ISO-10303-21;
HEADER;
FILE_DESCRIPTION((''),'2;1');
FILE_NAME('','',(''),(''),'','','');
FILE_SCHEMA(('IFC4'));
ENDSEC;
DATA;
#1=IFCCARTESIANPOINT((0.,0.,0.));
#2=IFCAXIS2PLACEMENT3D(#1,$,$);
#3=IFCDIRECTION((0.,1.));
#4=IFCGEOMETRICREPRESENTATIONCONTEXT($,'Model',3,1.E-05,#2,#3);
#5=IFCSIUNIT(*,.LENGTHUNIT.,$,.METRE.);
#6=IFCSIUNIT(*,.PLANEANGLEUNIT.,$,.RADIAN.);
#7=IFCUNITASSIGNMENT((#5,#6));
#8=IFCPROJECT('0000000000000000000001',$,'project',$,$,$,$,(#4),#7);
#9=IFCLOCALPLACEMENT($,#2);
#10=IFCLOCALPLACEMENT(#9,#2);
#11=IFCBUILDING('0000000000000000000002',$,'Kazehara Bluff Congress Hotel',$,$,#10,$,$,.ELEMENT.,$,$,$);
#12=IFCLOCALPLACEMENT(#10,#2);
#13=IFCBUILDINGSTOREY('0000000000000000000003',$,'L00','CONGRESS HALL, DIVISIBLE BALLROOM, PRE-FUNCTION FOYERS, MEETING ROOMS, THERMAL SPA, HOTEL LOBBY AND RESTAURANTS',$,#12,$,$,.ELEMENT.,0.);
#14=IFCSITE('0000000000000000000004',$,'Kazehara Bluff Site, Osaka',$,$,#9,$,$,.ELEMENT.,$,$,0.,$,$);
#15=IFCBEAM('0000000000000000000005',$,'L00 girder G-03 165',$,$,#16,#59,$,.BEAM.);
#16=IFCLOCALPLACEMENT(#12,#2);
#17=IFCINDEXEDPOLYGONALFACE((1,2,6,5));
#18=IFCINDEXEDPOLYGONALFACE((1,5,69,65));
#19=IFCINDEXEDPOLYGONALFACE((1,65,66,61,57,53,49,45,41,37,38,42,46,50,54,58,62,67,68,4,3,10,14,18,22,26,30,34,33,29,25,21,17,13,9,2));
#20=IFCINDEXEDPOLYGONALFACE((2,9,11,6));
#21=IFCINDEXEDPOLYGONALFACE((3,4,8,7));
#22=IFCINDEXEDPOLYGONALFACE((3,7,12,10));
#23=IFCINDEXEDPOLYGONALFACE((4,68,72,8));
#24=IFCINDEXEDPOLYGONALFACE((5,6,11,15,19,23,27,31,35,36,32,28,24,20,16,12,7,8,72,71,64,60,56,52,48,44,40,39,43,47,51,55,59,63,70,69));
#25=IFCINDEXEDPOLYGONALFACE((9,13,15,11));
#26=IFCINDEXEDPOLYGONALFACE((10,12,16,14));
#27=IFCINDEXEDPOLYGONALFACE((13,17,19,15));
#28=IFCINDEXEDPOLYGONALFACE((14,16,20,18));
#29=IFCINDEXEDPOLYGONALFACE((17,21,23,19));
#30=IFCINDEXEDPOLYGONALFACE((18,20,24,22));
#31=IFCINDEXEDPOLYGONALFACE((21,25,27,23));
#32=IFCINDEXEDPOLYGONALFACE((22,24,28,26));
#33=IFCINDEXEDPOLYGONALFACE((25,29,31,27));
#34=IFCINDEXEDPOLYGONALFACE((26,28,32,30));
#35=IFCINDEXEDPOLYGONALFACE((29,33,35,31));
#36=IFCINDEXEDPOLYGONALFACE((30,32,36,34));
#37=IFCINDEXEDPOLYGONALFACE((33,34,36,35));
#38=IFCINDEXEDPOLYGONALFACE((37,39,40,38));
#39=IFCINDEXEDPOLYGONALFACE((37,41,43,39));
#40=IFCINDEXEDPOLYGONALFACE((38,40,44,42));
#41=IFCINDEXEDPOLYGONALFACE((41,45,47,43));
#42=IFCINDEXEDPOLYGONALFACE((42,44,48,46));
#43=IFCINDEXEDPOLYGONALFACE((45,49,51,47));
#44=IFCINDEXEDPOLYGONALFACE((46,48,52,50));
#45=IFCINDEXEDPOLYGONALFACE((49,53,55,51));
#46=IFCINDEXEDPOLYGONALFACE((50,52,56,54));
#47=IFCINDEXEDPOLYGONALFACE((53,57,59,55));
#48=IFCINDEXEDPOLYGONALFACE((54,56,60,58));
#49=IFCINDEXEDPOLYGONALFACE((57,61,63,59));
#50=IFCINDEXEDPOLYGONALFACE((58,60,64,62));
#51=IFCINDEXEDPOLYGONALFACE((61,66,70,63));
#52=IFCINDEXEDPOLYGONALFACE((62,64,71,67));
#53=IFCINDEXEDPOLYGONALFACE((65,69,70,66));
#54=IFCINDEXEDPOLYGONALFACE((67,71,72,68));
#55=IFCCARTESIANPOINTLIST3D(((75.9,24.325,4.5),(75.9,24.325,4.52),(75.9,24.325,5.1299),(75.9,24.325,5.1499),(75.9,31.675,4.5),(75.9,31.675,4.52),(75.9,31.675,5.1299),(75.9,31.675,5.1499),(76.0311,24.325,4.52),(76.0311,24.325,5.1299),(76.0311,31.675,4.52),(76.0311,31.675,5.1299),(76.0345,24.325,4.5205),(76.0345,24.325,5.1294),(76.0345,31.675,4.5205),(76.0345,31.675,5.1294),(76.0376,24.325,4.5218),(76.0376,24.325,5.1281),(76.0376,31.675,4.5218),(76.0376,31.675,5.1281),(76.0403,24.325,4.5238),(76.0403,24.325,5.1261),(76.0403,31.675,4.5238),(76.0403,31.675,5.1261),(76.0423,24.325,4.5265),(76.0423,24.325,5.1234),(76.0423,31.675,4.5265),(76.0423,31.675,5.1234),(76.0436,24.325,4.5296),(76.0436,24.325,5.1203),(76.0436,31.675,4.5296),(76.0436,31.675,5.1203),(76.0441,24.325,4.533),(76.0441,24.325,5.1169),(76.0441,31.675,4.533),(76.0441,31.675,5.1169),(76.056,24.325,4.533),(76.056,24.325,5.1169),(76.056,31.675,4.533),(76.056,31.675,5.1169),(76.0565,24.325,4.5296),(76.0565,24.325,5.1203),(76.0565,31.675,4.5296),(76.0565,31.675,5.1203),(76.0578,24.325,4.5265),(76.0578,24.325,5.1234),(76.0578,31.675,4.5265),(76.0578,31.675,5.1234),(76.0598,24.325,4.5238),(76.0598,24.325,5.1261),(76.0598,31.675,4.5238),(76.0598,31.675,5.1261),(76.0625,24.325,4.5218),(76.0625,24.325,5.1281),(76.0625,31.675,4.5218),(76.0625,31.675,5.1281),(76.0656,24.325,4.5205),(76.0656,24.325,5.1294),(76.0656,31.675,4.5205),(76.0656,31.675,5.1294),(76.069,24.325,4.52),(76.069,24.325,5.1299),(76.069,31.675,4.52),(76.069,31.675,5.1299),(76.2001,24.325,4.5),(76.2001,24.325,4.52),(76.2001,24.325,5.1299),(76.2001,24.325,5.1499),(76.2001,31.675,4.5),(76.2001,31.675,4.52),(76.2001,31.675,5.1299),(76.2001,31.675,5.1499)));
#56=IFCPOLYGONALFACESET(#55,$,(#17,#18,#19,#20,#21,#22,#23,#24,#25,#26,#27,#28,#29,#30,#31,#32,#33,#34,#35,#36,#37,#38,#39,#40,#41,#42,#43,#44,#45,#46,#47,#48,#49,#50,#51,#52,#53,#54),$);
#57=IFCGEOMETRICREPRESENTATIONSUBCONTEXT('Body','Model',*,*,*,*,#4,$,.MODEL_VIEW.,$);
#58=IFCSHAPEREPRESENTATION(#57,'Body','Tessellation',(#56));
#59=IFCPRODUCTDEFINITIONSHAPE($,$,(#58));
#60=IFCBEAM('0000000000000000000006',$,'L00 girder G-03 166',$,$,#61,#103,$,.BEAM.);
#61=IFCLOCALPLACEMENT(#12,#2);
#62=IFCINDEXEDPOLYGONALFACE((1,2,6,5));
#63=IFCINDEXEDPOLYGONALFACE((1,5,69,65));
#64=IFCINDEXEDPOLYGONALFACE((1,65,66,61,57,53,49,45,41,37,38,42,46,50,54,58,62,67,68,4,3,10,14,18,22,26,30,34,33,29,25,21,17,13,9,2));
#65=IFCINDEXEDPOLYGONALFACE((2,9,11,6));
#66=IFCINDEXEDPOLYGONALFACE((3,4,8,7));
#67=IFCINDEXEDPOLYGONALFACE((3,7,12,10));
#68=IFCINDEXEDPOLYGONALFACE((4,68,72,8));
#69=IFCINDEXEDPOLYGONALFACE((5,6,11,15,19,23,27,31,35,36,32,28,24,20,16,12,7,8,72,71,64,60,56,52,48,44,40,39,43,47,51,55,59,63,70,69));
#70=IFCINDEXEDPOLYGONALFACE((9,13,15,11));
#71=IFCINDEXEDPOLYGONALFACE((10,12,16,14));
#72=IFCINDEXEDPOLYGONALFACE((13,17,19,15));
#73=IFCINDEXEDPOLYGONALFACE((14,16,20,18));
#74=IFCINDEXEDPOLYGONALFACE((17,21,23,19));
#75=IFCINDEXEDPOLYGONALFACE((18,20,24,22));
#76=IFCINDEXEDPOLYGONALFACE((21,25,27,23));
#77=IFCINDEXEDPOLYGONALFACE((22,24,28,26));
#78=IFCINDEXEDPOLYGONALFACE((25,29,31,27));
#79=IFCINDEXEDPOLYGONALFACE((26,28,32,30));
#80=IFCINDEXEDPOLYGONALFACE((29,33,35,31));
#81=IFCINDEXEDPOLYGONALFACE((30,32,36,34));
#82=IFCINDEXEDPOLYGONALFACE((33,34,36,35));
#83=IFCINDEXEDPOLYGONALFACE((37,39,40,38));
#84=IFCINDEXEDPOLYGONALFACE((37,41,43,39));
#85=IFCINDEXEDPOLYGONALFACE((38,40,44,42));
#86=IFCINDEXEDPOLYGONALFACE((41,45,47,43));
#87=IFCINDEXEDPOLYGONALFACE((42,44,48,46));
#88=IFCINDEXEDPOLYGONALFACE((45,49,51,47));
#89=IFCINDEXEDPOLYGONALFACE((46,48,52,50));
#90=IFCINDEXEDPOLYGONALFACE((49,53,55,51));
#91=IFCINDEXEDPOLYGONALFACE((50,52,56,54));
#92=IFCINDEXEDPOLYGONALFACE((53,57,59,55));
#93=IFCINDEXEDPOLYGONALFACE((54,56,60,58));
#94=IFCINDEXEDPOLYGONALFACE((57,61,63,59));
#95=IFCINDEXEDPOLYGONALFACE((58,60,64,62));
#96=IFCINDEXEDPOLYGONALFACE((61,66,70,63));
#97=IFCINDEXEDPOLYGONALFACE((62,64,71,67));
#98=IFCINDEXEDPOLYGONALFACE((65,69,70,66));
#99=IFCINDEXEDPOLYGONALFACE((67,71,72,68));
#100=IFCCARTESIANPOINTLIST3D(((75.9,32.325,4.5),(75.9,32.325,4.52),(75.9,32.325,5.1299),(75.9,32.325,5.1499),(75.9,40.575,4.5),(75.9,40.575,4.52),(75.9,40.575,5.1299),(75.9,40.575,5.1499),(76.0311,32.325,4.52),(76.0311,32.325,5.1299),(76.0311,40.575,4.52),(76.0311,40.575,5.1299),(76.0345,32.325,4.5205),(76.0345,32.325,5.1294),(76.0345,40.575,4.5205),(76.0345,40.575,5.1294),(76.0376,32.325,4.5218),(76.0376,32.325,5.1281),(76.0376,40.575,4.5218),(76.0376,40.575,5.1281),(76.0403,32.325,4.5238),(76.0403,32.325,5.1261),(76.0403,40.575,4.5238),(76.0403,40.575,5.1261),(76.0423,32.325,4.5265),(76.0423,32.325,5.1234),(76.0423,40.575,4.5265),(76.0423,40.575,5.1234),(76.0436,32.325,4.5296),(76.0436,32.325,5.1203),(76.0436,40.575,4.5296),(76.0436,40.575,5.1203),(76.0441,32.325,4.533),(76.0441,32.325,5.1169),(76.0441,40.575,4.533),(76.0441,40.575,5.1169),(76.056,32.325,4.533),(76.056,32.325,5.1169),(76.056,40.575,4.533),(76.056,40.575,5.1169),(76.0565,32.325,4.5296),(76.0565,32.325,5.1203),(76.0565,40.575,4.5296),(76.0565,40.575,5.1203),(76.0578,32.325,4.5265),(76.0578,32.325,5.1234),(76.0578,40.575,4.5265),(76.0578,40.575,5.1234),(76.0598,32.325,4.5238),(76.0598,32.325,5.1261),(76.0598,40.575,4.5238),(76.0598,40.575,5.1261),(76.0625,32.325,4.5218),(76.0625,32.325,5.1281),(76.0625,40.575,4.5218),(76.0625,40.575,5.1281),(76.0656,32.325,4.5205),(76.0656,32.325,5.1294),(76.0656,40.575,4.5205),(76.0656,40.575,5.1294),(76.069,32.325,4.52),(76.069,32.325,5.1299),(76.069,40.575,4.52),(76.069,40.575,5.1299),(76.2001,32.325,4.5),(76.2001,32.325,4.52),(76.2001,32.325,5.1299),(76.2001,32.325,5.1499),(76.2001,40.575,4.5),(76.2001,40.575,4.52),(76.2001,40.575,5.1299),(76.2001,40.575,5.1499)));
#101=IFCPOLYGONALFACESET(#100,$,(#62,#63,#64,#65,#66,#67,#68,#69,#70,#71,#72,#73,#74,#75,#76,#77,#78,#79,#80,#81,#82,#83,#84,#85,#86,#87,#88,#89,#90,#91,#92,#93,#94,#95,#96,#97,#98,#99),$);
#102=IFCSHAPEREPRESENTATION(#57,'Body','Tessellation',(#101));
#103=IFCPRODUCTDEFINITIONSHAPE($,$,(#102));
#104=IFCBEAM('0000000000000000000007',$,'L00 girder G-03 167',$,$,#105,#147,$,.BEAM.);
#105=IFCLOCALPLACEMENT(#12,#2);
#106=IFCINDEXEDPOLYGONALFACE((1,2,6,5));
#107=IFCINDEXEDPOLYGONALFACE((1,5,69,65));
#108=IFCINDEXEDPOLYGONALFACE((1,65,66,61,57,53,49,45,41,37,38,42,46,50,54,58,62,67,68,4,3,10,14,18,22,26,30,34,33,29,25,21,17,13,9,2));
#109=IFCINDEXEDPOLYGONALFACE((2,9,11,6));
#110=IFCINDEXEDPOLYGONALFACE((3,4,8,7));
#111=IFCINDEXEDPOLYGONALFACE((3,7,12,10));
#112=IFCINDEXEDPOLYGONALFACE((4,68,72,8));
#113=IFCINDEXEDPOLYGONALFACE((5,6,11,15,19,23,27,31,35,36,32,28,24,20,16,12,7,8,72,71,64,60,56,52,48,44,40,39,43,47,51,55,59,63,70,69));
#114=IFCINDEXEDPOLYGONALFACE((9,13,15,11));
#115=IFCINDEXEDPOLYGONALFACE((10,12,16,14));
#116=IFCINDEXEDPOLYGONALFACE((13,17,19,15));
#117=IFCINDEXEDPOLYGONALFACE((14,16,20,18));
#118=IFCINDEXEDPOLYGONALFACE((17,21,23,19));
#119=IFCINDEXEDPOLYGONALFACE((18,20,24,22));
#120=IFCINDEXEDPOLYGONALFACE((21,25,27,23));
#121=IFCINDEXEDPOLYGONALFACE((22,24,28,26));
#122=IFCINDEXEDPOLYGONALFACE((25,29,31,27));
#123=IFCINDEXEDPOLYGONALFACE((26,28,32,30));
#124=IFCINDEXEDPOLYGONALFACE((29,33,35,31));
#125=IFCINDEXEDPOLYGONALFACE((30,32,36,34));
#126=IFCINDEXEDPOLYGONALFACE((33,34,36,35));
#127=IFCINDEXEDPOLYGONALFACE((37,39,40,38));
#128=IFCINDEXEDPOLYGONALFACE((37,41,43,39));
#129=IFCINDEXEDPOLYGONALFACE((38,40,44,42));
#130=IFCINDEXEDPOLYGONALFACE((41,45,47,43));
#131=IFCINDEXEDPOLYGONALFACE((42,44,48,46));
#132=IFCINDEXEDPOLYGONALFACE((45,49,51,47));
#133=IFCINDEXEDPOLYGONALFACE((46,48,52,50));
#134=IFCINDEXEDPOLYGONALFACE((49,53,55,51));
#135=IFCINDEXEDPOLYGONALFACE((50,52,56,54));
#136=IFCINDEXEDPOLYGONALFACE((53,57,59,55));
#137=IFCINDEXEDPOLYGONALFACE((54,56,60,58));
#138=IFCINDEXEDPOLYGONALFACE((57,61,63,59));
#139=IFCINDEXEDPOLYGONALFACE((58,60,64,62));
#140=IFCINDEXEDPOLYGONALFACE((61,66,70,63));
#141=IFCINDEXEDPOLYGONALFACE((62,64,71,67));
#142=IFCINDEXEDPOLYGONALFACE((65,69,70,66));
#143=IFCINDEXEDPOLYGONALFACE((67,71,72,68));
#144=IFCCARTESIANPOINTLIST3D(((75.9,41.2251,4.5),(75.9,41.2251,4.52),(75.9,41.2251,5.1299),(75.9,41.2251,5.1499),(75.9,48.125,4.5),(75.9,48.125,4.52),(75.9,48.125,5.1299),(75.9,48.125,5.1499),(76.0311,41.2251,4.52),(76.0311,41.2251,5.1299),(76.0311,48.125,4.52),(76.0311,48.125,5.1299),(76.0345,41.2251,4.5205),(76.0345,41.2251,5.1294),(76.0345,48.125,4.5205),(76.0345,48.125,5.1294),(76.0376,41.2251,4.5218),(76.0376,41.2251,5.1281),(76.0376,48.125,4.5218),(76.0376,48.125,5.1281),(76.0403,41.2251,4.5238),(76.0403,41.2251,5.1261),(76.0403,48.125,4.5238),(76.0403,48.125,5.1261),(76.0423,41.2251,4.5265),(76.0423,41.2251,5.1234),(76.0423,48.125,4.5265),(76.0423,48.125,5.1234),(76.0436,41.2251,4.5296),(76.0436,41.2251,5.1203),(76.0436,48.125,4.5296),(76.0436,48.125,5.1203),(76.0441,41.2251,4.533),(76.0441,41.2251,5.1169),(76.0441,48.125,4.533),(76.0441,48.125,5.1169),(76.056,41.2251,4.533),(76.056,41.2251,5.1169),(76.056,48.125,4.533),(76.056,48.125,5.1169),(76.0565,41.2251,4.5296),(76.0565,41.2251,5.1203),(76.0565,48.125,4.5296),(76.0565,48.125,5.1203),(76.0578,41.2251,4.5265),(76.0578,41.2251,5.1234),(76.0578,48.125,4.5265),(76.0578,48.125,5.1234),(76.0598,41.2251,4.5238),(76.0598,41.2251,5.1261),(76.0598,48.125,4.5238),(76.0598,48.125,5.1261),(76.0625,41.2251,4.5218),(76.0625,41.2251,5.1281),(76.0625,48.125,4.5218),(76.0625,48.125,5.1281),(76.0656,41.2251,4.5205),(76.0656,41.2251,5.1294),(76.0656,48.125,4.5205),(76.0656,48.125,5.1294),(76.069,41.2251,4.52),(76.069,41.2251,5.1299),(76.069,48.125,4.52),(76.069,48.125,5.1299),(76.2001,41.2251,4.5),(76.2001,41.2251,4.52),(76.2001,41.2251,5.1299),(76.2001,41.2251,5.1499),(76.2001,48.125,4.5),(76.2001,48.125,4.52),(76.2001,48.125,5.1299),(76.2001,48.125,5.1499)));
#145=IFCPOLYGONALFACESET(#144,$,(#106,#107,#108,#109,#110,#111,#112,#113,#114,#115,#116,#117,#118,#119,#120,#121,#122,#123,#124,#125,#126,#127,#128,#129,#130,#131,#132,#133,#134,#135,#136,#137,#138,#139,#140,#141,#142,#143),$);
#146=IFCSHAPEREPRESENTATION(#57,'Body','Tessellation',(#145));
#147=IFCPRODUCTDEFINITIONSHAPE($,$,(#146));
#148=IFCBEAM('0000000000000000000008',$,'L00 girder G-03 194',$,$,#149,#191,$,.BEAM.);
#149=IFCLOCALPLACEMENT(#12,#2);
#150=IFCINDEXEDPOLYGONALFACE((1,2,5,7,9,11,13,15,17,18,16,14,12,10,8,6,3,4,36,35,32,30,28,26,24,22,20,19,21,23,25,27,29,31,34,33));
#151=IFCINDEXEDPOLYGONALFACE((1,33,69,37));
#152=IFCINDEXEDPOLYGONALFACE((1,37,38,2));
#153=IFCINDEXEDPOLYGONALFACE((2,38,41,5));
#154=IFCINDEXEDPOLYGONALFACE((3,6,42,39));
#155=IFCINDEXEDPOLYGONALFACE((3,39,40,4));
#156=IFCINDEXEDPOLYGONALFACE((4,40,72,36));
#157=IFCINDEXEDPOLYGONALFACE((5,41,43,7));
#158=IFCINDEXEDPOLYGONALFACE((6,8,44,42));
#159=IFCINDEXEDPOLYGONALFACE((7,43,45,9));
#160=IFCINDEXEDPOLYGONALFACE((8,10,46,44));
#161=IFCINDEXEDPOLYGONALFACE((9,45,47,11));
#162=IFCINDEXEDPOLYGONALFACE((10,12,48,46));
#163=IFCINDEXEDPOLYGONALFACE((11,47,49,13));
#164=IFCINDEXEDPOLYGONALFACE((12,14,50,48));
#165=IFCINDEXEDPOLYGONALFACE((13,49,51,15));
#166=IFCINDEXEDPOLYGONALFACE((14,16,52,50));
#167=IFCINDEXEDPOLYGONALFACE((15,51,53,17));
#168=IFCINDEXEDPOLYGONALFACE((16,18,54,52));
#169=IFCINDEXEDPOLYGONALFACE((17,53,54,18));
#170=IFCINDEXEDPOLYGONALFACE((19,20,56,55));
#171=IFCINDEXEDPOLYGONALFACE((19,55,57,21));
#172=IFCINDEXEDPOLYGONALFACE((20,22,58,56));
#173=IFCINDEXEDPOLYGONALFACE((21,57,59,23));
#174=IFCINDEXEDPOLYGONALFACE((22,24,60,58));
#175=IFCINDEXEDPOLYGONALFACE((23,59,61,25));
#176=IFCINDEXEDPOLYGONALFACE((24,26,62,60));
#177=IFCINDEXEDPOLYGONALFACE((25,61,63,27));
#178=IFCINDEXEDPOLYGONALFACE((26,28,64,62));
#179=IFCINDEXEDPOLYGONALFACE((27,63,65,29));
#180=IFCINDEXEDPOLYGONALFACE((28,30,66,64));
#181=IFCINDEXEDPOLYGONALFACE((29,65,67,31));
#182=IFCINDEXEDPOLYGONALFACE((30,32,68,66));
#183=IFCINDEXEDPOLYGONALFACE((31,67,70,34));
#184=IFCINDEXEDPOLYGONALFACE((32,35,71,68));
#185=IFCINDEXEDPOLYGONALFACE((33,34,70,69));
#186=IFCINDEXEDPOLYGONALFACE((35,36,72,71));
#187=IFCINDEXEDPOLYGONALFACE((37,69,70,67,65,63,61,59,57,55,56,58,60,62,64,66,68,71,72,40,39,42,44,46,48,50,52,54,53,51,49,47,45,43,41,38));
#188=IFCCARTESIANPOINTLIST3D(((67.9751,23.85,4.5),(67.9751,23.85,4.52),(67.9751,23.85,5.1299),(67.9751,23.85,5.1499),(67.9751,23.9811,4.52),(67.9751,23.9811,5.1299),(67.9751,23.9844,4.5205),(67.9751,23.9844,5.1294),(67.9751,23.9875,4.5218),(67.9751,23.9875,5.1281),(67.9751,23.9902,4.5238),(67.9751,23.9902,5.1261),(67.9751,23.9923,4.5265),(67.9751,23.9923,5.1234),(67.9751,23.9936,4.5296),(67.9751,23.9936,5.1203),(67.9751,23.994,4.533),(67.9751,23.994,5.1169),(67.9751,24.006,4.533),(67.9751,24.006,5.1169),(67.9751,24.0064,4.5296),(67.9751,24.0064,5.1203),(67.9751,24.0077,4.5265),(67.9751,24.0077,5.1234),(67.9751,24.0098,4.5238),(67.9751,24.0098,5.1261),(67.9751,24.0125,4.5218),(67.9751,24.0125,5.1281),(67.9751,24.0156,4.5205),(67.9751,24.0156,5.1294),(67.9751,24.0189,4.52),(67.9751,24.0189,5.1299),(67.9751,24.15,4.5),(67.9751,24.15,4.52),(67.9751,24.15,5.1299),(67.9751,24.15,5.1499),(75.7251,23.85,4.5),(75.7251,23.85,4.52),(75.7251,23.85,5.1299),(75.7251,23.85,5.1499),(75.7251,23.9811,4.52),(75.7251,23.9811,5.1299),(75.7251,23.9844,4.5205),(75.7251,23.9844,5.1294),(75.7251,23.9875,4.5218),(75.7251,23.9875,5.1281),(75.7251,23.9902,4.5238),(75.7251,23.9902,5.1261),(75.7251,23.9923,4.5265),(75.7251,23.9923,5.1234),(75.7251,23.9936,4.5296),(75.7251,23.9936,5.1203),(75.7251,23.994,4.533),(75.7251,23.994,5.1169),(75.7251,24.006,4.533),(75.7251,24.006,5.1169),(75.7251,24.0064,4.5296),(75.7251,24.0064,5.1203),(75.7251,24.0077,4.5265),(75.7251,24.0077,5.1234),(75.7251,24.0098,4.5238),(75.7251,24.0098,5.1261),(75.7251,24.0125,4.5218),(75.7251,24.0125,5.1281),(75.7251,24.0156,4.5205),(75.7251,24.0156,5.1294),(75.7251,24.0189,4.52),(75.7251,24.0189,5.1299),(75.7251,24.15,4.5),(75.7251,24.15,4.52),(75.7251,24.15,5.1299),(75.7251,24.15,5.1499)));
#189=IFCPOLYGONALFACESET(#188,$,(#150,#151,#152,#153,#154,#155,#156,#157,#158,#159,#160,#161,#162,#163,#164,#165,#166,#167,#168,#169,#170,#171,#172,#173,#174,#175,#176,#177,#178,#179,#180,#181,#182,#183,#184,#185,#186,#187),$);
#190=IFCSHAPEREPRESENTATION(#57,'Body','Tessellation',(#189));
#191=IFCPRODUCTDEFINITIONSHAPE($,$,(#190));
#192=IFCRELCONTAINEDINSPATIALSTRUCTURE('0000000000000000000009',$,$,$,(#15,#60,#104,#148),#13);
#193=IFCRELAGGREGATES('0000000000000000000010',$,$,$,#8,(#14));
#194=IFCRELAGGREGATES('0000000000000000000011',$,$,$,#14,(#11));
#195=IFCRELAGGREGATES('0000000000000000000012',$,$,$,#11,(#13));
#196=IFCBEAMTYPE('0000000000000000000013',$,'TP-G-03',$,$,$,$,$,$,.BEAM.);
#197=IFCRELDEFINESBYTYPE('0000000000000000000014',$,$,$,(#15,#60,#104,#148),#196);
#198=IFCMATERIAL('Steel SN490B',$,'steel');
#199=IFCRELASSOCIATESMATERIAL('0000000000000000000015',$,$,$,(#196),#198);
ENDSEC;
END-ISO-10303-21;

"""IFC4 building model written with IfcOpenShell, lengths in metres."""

from ifc_helpers import new_model, si_unit, direction, frame, origin, origin_2d, place, context, subcontext, project, spatial, i_section, extrude, material, material_profile, profile_set, type_object, element, save


model = new_model("IFC4")

# Units and contexts
model_context = context("Model", 3, precision=1e-05, world=origin(), true_north=direction((0.0, 1.0)))
body_context = subcontext(model_context, "Body", "Model", "MODEL_VIEW")
ifc_project = project(units=[si_unit("LENGTHUNIT", "METRE"), si_unit("PLANEANGLEUNIT", "RADIAN")], contexts=[model_context])

# Site, building, storey
site_placement = place(None, origin())
site = spatial("IfcSite", under=ifc_project, at=site_placement, Name="Kazehara Bluff Site, Osaka", CompositionType="ELEMENT", RefElevation=0.0)
building_placement = place(site_placement, origin())
building = spatial("IfcBuilding", under=site, at=building_placement, Name="Kazehara Bluff Congress Hotel", CompositionType="ELEMENT")
storey_placement = place(building_placement, origin())
storey = spatial("IfcBuildingStorey", under=building, at=storey_placement, Name="L00", Description="CONGRESS HALL, DIVISIBLE BALLROOM, PRE-FUNCTION FOYERS, MEETING ROOMS, THERMAL SPA, HOTEL LOBBY AND RESTAURANTS", CompositionType="ELEMENT", Elevation=0.0)

# Beams
ifc_material_1 = material(Name="Steel SN490B", Category="steel")
ifc_material_profile_1 = material_profile(ifc_material_1, i_section(OverallWidth=0.3, OverallDepth=0.6499, WebThickness=0.012, FlangeThickness=0.02, FilletRadius=0.0129, at=origin_2d()))
ifc_profile_set_1 = profile_set([ifc_material_profile_1], Name="Steel SN490B")
beam_type_1 = type_object("IfcBeamType", Name="TP-G-03", PredefinedType="BEAM", material=ifc_profile_set_1)
for number, where, z_axis, x_axis, name in (
    (1, (76.05, 24.325, 4.825), (0.0, 1.0, 0.0), (-1.0, 0.0, 0.0), "L00 girder G-03 165"),
):
    element("IfcBeam", number, at=place(storey_placement, frame(where, z_axis=z_axis, x_axis=x_axis)), inside=storey, type_object=beam_type_1, Name=name, PredefinedType="BEAM", context=body_context, shape_type="SweptSolid", body=[
        extrude(i_section(OverallWidth=0.3, OverallDepth=0.6499, WebThickness=0.012, FlangeThickness=0.02, FilletRadius=0.0129, at=origin_2d()), origin(), (0.0, 0.0, 1.0), 7.3501),
    ])
beam_1_placement = place(storey_placement, frame((76.05, 32.325, 4.825), z_axis=(0.0, 1.0, 0.0), x_axis=(-1.0, 0.0, 0.0)))
element("IfcBeam", 2, at=beam_1_placement, inside=storey, type_object=beam_type_1, Name="L00 girder G-03 166", PredefinedType="BEAM", context=body_context, shape_type="SweptSolid", body=[
    extrude(i_section(OverallWidth=0.3, OverallDepth=0.6499, WebThickness=0.012, FlangeThickness=0.02, FilletRadius=0.0129, at=origin_2d()), origin(), (0.0, 0.0, 1.0), 8.25),
])
beam_2_placement = place(storey_placement, frame((76.05, 41.2251, 4.825), z_axis=(0.0, 1.0, 0.0), x_axis=(-1.0, 0.0, 0.0)))
element("IfcBeam", 3, at=beam_2_placement, inside=storey, type_object=beam_type_1, Name="L00 girder G-03 167", PredefinedType="BEAM", context=body_context, shape_type="SweptSolid", body=[
    extrude(i_section(OverallWidth=0.3, OverallDepth=0.6499, WebThickness=0.012, FlangeThickness=0.02, FilletRadius=0.0129, at=origin_2d()), origin(), (0.0, 0.0, 1.0), 6.8999),
])
for number, where, z_axis, x_axis, name in (
    (4, (67.9751, 24.0, 4.825), (1.0, 0.0, 0.0), (0.0, 1.0, 0.0), "L00 girder G-03 194"),
):
    element("IfcBeam", number, at=place(storey_placement, frame(where, z_axis=z_axis, x_axis=x_axis)), inside=storey, type_object=beam_type_1, Name=name, PredefinedType="BEAM", context=body_context, shape_type="SweptSolid", body=[
        extrude(i_section(OverallWidth=0.3, OverallDepth=0.6499, WebThickness=0.012, FlangeThickness=0.02, FilletRadius=0.0129, at=origin_2d()), origin(), (0.0, 0.0, 1.0), 7.75),
    ])

save(model, "model.ifc")
